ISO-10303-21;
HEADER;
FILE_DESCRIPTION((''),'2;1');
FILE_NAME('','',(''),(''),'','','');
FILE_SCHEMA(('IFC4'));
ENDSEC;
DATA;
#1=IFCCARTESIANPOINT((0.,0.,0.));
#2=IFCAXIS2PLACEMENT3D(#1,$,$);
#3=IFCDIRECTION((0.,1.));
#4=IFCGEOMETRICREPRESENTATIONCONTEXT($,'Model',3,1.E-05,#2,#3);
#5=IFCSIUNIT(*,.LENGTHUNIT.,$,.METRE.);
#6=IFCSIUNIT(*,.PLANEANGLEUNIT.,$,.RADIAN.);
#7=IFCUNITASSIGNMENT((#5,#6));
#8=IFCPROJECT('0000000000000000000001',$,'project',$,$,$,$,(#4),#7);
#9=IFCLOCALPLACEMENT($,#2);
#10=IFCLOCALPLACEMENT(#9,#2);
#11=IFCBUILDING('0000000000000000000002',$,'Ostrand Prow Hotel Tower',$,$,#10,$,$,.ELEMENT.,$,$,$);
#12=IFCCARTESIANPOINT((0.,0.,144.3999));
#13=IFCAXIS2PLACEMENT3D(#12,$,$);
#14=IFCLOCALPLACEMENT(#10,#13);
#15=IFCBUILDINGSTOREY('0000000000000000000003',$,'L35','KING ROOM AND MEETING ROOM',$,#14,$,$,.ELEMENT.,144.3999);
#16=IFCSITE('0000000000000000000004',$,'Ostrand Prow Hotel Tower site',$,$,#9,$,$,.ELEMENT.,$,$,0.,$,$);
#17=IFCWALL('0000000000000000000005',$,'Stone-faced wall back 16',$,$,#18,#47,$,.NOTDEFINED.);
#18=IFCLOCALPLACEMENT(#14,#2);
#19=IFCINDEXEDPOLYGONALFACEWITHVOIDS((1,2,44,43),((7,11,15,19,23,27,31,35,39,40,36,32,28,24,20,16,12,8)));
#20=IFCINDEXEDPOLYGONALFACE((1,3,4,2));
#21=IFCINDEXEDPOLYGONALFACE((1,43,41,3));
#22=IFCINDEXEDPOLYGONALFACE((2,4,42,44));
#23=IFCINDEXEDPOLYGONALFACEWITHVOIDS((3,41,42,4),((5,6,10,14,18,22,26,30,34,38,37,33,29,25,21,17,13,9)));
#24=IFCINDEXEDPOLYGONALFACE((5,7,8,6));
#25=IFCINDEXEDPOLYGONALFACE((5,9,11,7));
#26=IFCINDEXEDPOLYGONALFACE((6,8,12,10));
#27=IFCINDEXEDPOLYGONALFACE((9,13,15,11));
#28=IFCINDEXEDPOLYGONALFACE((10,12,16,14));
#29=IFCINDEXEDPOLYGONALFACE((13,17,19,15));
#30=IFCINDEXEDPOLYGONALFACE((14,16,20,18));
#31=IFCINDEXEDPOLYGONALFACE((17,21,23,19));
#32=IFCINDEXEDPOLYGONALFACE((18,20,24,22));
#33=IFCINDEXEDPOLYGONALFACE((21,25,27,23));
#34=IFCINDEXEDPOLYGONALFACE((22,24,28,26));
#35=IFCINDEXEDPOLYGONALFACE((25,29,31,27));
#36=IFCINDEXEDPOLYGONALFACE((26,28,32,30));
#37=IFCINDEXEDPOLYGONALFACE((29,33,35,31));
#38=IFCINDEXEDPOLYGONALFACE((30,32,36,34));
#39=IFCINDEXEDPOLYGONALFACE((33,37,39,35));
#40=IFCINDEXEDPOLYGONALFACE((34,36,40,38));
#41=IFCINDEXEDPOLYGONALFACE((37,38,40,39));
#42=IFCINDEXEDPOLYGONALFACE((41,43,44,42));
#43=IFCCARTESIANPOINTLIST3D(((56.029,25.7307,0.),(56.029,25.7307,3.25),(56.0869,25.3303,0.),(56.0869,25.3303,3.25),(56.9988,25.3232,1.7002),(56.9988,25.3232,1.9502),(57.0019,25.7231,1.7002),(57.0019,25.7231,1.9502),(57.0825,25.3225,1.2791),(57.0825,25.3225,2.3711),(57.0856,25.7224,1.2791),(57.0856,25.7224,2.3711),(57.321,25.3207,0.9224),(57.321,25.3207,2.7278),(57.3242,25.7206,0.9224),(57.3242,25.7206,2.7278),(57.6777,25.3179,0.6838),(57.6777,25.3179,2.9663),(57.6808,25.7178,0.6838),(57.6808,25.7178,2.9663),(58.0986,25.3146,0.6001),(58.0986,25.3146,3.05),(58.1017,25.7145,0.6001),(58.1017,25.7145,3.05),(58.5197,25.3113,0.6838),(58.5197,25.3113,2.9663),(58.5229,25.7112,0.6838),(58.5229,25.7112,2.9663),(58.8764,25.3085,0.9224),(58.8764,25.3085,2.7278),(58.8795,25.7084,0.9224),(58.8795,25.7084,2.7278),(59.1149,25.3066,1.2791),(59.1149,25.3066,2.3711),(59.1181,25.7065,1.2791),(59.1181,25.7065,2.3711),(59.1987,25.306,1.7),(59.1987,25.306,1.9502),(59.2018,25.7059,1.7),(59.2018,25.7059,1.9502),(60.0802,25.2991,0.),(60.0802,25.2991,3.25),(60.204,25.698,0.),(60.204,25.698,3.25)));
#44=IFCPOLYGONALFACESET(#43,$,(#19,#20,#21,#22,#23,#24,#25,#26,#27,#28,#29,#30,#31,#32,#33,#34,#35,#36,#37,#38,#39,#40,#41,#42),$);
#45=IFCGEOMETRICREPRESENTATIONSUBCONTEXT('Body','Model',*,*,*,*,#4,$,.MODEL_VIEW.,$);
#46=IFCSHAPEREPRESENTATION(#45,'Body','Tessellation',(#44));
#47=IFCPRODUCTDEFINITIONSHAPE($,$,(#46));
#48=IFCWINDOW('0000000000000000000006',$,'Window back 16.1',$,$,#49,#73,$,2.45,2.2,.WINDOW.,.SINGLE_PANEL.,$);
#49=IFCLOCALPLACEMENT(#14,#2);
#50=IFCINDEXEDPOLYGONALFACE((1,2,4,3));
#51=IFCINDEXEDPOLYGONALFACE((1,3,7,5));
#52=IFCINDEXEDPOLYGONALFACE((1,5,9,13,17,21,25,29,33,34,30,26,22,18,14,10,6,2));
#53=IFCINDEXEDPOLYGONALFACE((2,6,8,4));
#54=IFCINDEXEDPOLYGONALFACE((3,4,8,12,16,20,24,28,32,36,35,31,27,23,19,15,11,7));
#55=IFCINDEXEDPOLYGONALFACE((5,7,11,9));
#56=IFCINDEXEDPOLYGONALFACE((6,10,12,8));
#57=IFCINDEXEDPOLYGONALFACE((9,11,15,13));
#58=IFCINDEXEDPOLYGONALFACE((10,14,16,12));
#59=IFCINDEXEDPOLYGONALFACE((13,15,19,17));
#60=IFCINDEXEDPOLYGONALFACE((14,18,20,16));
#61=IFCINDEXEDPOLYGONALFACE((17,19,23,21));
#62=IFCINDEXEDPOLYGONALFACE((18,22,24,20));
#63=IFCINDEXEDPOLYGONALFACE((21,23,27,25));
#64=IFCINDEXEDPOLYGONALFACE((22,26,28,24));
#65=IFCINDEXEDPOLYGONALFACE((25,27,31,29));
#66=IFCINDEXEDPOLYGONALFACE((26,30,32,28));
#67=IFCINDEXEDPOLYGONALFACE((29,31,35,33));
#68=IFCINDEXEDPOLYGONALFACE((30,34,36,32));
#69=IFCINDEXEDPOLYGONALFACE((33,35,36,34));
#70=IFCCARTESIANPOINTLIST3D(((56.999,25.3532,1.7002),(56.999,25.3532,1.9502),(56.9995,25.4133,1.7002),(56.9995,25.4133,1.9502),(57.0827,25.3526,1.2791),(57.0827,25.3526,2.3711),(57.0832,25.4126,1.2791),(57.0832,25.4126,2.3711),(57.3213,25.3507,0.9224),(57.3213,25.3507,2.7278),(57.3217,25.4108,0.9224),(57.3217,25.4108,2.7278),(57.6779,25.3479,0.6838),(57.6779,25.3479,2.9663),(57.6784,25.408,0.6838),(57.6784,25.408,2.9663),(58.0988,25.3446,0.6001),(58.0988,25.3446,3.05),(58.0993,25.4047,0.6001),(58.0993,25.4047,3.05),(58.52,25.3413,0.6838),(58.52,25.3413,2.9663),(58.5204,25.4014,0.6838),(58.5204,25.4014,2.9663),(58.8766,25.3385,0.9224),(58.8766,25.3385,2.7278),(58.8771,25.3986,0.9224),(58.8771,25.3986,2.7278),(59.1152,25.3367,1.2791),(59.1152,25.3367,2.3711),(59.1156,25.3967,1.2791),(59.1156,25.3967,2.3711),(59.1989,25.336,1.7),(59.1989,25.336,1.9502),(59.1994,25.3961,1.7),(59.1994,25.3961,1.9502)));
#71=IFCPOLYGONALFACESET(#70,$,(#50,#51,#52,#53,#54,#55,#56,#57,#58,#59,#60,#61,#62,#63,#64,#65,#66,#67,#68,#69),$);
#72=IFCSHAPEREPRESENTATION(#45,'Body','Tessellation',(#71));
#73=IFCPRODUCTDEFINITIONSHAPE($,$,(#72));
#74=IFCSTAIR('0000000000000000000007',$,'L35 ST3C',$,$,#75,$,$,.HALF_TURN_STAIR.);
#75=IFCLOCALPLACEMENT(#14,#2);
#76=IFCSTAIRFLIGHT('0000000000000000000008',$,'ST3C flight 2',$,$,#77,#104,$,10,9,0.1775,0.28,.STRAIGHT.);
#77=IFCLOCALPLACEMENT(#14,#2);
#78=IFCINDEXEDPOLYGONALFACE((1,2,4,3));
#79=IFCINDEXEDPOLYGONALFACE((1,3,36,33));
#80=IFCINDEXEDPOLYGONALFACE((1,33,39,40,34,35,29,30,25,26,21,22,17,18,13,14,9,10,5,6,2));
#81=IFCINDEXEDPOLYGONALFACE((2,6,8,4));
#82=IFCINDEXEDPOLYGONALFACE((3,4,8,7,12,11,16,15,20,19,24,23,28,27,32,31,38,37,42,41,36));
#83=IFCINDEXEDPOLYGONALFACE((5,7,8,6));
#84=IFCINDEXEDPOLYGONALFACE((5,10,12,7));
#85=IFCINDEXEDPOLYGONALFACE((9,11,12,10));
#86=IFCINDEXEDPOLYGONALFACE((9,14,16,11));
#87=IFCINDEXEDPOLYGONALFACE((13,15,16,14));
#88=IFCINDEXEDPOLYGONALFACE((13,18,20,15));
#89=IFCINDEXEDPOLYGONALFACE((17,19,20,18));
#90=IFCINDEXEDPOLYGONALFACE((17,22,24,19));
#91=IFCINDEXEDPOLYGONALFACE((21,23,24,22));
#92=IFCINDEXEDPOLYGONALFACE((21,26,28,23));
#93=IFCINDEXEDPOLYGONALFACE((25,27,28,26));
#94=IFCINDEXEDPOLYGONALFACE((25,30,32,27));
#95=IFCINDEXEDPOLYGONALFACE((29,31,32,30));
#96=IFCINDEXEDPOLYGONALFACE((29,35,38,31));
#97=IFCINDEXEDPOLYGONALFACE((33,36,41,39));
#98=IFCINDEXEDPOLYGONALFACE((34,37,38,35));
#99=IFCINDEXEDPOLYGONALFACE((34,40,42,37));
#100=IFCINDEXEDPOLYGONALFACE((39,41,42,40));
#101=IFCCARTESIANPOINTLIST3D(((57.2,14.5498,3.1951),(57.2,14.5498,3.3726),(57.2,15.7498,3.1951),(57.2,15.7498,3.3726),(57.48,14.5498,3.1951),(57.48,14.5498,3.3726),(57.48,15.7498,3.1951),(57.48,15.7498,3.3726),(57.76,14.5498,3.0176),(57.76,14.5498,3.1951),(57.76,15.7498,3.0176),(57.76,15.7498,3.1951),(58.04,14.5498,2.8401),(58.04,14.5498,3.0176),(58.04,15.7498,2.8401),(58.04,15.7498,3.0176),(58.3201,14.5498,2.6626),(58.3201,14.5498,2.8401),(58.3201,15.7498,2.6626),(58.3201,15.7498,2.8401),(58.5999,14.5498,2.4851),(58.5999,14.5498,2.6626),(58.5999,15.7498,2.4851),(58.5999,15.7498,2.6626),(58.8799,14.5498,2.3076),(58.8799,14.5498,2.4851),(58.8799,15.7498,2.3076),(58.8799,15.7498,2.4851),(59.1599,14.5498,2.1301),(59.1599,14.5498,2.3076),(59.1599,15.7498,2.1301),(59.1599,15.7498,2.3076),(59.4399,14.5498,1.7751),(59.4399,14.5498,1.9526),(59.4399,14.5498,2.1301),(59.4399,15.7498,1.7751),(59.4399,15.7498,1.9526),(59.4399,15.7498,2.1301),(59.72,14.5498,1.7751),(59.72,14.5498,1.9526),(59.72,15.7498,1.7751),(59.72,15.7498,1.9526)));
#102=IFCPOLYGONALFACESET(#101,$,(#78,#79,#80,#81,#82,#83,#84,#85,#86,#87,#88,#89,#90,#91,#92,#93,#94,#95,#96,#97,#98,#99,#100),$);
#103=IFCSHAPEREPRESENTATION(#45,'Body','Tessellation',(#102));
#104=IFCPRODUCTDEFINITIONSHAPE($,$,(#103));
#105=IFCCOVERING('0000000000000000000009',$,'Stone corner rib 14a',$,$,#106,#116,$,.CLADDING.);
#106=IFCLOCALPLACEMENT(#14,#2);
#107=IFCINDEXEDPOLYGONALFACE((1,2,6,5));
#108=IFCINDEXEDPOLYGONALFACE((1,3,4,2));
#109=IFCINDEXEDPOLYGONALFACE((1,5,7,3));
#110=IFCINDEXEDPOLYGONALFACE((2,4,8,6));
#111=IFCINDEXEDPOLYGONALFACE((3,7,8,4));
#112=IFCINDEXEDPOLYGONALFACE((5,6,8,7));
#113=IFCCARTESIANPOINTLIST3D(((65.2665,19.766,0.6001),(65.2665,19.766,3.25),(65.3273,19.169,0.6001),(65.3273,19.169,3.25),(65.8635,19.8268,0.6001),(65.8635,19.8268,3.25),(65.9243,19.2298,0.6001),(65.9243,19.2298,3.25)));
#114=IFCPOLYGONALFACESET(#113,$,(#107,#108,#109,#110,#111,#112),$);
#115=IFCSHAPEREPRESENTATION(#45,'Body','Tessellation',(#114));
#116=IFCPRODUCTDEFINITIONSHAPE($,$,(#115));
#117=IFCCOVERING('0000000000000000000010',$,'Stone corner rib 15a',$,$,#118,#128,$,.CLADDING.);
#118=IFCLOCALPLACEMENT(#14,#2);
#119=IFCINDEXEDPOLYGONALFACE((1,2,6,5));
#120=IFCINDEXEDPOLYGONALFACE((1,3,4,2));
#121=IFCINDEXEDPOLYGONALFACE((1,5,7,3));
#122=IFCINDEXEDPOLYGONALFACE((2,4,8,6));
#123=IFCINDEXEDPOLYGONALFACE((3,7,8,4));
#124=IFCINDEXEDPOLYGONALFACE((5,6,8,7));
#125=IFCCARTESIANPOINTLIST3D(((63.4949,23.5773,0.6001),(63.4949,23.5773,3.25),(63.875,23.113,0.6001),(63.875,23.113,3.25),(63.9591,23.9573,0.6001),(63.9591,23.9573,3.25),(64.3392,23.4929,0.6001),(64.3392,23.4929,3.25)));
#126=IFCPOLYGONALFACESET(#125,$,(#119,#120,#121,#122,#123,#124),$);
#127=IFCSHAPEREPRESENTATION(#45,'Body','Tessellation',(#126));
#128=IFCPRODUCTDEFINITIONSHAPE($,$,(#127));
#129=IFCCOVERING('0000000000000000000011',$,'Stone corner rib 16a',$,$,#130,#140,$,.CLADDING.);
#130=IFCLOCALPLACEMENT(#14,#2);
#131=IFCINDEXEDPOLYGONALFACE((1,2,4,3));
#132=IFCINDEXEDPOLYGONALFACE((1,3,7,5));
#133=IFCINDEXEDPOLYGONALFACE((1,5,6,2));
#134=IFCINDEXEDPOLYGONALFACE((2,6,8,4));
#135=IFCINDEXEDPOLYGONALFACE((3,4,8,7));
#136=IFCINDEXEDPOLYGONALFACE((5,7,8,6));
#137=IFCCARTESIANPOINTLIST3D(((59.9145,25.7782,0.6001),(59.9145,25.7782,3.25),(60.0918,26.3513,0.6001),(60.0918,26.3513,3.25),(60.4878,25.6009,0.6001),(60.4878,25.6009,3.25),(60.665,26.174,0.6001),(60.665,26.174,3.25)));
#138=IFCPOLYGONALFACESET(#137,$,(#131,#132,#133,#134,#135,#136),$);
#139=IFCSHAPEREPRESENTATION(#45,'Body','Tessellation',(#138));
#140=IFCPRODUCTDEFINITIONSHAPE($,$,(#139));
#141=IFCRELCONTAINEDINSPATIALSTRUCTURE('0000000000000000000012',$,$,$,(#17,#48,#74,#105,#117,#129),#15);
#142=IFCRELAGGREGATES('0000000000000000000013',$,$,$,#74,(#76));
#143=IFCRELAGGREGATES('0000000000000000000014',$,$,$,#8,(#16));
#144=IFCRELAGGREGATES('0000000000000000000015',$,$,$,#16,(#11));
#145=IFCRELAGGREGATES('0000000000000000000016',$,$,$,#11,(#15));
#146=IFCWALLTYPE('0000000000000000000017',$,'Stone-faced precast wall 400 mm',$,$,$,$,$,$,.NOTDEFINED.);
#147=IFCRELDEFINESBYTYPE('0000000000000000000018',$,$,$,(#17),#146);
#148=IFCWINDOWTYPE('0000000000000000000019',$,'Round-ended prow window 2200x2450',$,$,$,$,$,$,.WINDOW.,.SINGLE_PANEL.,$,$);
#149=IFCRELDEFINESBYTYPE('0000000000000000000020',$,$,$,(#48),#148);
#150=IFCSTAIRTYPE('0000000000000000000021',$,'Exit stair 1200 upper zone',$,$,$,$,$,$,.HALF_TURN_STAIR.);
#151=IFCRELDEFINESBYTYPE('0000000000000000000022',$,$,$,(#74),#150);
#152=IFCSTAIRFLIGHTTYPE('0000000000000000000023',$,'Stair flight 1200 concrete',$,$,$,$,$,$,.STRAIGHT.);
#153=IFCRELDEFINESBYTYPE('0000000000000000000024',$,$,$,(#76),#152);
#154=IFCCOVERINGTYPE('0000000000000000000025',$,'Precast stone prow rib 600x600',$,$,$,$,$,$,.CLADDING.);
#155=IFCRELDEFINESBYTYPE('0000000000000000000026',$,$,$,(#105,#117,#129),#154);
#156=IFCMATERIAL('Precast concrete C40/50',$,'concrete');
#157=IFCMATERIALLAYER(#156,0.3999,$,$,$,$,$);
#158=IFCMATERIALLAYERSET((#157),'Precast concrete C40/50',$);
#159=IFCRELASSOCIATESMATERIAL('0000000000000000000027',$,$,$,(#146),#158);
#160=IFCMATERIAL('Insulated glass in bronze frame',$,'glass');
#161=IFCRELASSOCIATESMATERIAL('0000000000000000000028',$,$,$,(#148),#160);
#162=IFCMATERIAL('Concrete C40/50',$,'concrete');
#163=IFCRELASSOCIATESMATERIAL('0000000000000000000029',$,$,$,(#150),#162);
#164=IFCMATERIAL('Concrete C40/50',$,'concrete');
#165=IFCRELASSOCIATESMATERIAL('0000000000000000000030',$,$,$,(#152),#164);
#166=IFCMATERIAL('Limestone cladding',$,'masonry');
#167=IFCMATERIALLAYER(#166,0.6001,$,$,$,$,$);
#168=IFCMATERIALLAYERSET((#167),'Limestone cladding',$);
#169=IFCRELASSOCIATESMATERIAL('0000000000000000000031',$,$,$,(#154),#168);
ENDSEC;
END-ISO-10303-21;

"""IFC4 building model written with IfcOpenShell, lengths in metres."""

from ifc_helpers import new_model, si_unit, direction, frame, frame_2d, origin, place, context, subcontext, project, spatial, polyline, rectangle, outline, extrude, material, layer, layer_set, type_object, element, fill, aggregate, save


model = new_model("IFC4")

# Units and contexts
model_context = context("Model", 3, precision=1e-05, world=origin(), true_north=direction((0.0, 1.0)))
body_context = subcontext(model_context, "Body", "Model", "MODEL_VIEW")
ifc_project = project(units=[si_unit("LENGTHUNIT", "METRE"), si_unit("PLANEANGLEUNIT", "RADIAN")], contexts=[model_context])

# Site, building, storey
site_placement = place(None, origin())
site = spatial("IfcSite", under=ifc_project, at=site_placement, Name="Ostrand Prow Hotel Tower site", CompositionType="ELEMENT", RefElevation=0.0)
building_placement = place(site_placement, origin())
building = spatial("IfcBuilding", under=site, at=building_placement, Name="Ostrand Prow Hotel Tower", CompositionType="ELEMENT")
storey_placement = place(building_placement, frame((0.0, 0.0, 144.3999)))
storey = spatial("IfcBuildingStorey", under=building, at=storey_placement, Name="L35", Description="KING ROOM AND MEETING ROOM", CompositionType="ELEMENT", Elevation=144.3999)

# Shared definitions
ifc_material_1 = material(Name="Precast concrete C40/50", Category="concrete")
ifc_layer_1 = layer(ifc_material_1, 0.3999)
ifc_layer_set_1 = layer_set([ifc_layer_1], Name="Precast concrete C40/50")
wall_type_1 = type_object("IfcWallType", Name="Stone-faced precast wall 400 mm", PredefinedType="NOTDEFINED", material=ifc_layer_set_1)

# Wall, opening, window
ifc_material_2 = material(Name="Insulated glass in bronze frame", Category="glass")
window_type = type_object("IfcWindowType", Name="Round-ended prow window 2200x2450", PartitioningType="SINGLE_PANEL", PredefinedType="WINDOW", material=ifc_material_2)
wall_1_placement = place(storey_placement, frame((60.1421, 25.4985, 0.0), z_axis=(0.0, 0.0, 1.0), x_axis=(-0.999969, 0.007831, 0.0)))
wall_1 = element("IfcWall", 1, at=wall_1_placement, inside=storey, type_object=wall_type_1, Name="Stone-faced wall back 16", PredefinedType="NOTDEFINED", context=body_context, shape_type="SweptSolid", body=[
    extrude(outline(polyline([(-0.0603, -0.2), (4.1147, -0.2), (4.0537, 0.2), (0.0603, 0.2), (-0.0603, -0.2)])), origin(), (0.0, 0.0, 1.0), 3.25),
])
opening_1_placement = place(wall_1_placement, frame((0.9419, 0.0, 0.6001)))
opening_1 = element("IfcOpeningElement", 2, at=opening_1_placement, cuts=wall_1, PredefinedType="OPENING", context=body_context, shape_type="SweptSolid", body=[
    extrude(outline(polyline([(0.0, 1.3501), (0.0837, 1.771), (0.3223, 2.1277), (0.679, 2.3662), (1.1001, 2.45), (1.521, 2.3662), (1.8777, 2.1277), (2.1162, 1.771), (2.2, 1.3501), (2.2, 1.1001), (2.1162, 0.679), (1.8777, 0.3223), (1.521, 0.0837), (1.1001, 0.0), (0.679, 0.0837), (0.3223, 0.3223), (0.0837, 0.679), (0.0, 1.0999), (0.0, 1.3501)])), frame((0.0, 0.21, 0.0), z_axis=(0.0, -1.0, 0.0), x_axis=(1.0, 0.0, 0.0)), (0.0, 0.0, 1.0), 0.4199),
])
window_1_placement = place(opening_1_placement, origin())
window_1 = element("IfcWindow", 3, at=window_1_placement, inside=storey, type_object=window_type, Name="Window back 16.1", OverallHeight=2.45, OverallWidth=2.2, PartitioningType="SINGLE_PANEL", PredefinedType="WINDOW", context=body_context, shape_type="SweptSolid", body=[
    extrude(outline(polyline([(0.0, 1.3501), (0.0837, 1.771), (0.3223, 2.1277), (0.679, 2.3662), (1.1001, 2.45), (1.521, 2.3662), (1.8777, 2.1277), (2.1162, 1.771), (2.2, 1.3501), (2.2, 1.1001), (2.1162, 0.679), (1.8777, 0.3223), (1.521, 0.0837), (1.1001, 0.0), (0.679, 0.0837), (0.3223, 0.3223), (0.0837, 0.679), (0.0, 1.0999), (0.0, 1.3501)])), frame((0.0, 0.1699, 0.0), z_axis=(0.0, -1.0, 0.0), x_axis=(1.0, 0.0, 0.0)), (0.0, 0.0, 1.0), 0.0601),
])
fill(opening_1, window_1)

# Stair, stair flight
ifc_material_3 = material(Name="Concrete C40/50", Category="concrete")
stair_type = type_object("IfcStairType", Name="Exit stair 1200 upper zone", PredefinedType="HALF_TURN_STAIR", material=ifc_material_3)
stair_placement = place(storey_placement, origin())
stair = element("IfcStair", 4, at=stair_placement, inside=storey, type_object=stair_type, Name="L35 ST3C", PredefinedType="HALF_TURN_STAIR")
ifc_material_4 = material(Name="Concrete C40/50", Category="concrete")
stair_flight_type = type_object("IfcStairFlightType", Name="Stair flight 1200 concrete", PredefinedType="STRAIGHT", material=ifc_material_4)
stair_flight_placement = place(storey_placement, frame((59.72, 15.1499, 1.7751), z_axis=(0.0, 0.0, 1.0), x_axis=(-1.0, 0.0, 0.0)))
stair_flight = element("IfcStairFlight", 5, at=stair_flight_placement, type_object=stair_flight_type, Name="ST3C flight 2", NumberOfRisers=10, NumberOfTreads=9, PredefinedType="STRAIGHT", RiserHeight=0.1775, TreadLength=0.28, context=body_context, shape_type="SweptSolid", body=[
    extrude(outline(polyline([(0.0, 0.0), (0.0, 0.1775), (0.28, 0.1775), (0.28, 0.355), (0.5601, 0.355), (0.5601, 0.5325), (0.8401, 0.5325), (0.8401, 0.71), (1.1201, 0.71), (1.1201, 0.8875), (1.3999, 0.8875), (1.3999, 1.0649), (1.6799, 1.0649), (1.6799, 1.2424), (1.96, 1.2424), (1.96, 1.4199), (2.24, 1.4199), (2.24, 1.5974), (2.52, 1.5974), (2.52, 1.7749), (2.52, 1.4199), (0.28, 0.0), (0.0, 0.0)])), frame((0.0, 0.6001, 0.0), z_axis=(0.0, -1.0, 0.0), x_axis=(1.0, 0.0, 0.0)), (0.0, 0.0, 1.0), 1.2),
])
aggregate(stair, [stair_flight])

# Coverings
ifc_material_5 = material(Name="Limestone cladding", Category="masonry")
ifc_layer_2 = layer(ifc_material_5, 0.6001)
ifc_layer_set_2 = layer_set([ifc_layer_2], Name="Limestone cladding")
covering_type = type_object("IfcCoveringType", Name="Precast stone prow rib 600x600", PredefinedType="CLADDING", material=ifc_layer_set_2)
covering_placement = place(storey_placement, frame((65.2969, 19.4675, 0.6001), z_axis=(0.0, 0.0, 1.0), x_axis=(0.994854, 0.101316, 0.0)))
element("IfcCovering", 6, at=covering_placement, inside=storey, type_object=covering_type, Name="Stone corner rib 14a", PredefinedType="CLADDING", context=body_context, shape_type="SweptSolid", body=[
    extrude(rectangle(XDim=0.6001, YDim=0.6001, at=frame_2d((0.3, 0.0))), origin(), (0.0, 0.0, 1.0), 2.6499),
])
for number, where, z_axis, x_axis, name in (
    (7, (63.6851, 23.3452, 0.6001), (0.0, 0.0, 1.0), (0.77383, 0.633393, 0.0), "Stone corner rib 15a"),
    (8, (60.2012, 25.6897, 0.6001), (0.0, 0.0, 1.0), (0.295516, 0.955338, 0.0), "Stone corner rib 16a"),
):
    element("IfcCovering", number, at=place(storey_placement, frame(where, z_axis=z_axis, x_axis=x_axis)), inside=storey, type_object=covering_type, Name=name, PredefinedType="CLADDING", context=body_context, shape_type="SweptSolid", body=[
        extrude(rectangle(XDim=0.5999, YDim=0.6001, at=frame_2d((0.2998, 0.0))), origin(), (0.0, 0.0, 1.0), 2.6499),
    ])

save(model, "model.ifc")
